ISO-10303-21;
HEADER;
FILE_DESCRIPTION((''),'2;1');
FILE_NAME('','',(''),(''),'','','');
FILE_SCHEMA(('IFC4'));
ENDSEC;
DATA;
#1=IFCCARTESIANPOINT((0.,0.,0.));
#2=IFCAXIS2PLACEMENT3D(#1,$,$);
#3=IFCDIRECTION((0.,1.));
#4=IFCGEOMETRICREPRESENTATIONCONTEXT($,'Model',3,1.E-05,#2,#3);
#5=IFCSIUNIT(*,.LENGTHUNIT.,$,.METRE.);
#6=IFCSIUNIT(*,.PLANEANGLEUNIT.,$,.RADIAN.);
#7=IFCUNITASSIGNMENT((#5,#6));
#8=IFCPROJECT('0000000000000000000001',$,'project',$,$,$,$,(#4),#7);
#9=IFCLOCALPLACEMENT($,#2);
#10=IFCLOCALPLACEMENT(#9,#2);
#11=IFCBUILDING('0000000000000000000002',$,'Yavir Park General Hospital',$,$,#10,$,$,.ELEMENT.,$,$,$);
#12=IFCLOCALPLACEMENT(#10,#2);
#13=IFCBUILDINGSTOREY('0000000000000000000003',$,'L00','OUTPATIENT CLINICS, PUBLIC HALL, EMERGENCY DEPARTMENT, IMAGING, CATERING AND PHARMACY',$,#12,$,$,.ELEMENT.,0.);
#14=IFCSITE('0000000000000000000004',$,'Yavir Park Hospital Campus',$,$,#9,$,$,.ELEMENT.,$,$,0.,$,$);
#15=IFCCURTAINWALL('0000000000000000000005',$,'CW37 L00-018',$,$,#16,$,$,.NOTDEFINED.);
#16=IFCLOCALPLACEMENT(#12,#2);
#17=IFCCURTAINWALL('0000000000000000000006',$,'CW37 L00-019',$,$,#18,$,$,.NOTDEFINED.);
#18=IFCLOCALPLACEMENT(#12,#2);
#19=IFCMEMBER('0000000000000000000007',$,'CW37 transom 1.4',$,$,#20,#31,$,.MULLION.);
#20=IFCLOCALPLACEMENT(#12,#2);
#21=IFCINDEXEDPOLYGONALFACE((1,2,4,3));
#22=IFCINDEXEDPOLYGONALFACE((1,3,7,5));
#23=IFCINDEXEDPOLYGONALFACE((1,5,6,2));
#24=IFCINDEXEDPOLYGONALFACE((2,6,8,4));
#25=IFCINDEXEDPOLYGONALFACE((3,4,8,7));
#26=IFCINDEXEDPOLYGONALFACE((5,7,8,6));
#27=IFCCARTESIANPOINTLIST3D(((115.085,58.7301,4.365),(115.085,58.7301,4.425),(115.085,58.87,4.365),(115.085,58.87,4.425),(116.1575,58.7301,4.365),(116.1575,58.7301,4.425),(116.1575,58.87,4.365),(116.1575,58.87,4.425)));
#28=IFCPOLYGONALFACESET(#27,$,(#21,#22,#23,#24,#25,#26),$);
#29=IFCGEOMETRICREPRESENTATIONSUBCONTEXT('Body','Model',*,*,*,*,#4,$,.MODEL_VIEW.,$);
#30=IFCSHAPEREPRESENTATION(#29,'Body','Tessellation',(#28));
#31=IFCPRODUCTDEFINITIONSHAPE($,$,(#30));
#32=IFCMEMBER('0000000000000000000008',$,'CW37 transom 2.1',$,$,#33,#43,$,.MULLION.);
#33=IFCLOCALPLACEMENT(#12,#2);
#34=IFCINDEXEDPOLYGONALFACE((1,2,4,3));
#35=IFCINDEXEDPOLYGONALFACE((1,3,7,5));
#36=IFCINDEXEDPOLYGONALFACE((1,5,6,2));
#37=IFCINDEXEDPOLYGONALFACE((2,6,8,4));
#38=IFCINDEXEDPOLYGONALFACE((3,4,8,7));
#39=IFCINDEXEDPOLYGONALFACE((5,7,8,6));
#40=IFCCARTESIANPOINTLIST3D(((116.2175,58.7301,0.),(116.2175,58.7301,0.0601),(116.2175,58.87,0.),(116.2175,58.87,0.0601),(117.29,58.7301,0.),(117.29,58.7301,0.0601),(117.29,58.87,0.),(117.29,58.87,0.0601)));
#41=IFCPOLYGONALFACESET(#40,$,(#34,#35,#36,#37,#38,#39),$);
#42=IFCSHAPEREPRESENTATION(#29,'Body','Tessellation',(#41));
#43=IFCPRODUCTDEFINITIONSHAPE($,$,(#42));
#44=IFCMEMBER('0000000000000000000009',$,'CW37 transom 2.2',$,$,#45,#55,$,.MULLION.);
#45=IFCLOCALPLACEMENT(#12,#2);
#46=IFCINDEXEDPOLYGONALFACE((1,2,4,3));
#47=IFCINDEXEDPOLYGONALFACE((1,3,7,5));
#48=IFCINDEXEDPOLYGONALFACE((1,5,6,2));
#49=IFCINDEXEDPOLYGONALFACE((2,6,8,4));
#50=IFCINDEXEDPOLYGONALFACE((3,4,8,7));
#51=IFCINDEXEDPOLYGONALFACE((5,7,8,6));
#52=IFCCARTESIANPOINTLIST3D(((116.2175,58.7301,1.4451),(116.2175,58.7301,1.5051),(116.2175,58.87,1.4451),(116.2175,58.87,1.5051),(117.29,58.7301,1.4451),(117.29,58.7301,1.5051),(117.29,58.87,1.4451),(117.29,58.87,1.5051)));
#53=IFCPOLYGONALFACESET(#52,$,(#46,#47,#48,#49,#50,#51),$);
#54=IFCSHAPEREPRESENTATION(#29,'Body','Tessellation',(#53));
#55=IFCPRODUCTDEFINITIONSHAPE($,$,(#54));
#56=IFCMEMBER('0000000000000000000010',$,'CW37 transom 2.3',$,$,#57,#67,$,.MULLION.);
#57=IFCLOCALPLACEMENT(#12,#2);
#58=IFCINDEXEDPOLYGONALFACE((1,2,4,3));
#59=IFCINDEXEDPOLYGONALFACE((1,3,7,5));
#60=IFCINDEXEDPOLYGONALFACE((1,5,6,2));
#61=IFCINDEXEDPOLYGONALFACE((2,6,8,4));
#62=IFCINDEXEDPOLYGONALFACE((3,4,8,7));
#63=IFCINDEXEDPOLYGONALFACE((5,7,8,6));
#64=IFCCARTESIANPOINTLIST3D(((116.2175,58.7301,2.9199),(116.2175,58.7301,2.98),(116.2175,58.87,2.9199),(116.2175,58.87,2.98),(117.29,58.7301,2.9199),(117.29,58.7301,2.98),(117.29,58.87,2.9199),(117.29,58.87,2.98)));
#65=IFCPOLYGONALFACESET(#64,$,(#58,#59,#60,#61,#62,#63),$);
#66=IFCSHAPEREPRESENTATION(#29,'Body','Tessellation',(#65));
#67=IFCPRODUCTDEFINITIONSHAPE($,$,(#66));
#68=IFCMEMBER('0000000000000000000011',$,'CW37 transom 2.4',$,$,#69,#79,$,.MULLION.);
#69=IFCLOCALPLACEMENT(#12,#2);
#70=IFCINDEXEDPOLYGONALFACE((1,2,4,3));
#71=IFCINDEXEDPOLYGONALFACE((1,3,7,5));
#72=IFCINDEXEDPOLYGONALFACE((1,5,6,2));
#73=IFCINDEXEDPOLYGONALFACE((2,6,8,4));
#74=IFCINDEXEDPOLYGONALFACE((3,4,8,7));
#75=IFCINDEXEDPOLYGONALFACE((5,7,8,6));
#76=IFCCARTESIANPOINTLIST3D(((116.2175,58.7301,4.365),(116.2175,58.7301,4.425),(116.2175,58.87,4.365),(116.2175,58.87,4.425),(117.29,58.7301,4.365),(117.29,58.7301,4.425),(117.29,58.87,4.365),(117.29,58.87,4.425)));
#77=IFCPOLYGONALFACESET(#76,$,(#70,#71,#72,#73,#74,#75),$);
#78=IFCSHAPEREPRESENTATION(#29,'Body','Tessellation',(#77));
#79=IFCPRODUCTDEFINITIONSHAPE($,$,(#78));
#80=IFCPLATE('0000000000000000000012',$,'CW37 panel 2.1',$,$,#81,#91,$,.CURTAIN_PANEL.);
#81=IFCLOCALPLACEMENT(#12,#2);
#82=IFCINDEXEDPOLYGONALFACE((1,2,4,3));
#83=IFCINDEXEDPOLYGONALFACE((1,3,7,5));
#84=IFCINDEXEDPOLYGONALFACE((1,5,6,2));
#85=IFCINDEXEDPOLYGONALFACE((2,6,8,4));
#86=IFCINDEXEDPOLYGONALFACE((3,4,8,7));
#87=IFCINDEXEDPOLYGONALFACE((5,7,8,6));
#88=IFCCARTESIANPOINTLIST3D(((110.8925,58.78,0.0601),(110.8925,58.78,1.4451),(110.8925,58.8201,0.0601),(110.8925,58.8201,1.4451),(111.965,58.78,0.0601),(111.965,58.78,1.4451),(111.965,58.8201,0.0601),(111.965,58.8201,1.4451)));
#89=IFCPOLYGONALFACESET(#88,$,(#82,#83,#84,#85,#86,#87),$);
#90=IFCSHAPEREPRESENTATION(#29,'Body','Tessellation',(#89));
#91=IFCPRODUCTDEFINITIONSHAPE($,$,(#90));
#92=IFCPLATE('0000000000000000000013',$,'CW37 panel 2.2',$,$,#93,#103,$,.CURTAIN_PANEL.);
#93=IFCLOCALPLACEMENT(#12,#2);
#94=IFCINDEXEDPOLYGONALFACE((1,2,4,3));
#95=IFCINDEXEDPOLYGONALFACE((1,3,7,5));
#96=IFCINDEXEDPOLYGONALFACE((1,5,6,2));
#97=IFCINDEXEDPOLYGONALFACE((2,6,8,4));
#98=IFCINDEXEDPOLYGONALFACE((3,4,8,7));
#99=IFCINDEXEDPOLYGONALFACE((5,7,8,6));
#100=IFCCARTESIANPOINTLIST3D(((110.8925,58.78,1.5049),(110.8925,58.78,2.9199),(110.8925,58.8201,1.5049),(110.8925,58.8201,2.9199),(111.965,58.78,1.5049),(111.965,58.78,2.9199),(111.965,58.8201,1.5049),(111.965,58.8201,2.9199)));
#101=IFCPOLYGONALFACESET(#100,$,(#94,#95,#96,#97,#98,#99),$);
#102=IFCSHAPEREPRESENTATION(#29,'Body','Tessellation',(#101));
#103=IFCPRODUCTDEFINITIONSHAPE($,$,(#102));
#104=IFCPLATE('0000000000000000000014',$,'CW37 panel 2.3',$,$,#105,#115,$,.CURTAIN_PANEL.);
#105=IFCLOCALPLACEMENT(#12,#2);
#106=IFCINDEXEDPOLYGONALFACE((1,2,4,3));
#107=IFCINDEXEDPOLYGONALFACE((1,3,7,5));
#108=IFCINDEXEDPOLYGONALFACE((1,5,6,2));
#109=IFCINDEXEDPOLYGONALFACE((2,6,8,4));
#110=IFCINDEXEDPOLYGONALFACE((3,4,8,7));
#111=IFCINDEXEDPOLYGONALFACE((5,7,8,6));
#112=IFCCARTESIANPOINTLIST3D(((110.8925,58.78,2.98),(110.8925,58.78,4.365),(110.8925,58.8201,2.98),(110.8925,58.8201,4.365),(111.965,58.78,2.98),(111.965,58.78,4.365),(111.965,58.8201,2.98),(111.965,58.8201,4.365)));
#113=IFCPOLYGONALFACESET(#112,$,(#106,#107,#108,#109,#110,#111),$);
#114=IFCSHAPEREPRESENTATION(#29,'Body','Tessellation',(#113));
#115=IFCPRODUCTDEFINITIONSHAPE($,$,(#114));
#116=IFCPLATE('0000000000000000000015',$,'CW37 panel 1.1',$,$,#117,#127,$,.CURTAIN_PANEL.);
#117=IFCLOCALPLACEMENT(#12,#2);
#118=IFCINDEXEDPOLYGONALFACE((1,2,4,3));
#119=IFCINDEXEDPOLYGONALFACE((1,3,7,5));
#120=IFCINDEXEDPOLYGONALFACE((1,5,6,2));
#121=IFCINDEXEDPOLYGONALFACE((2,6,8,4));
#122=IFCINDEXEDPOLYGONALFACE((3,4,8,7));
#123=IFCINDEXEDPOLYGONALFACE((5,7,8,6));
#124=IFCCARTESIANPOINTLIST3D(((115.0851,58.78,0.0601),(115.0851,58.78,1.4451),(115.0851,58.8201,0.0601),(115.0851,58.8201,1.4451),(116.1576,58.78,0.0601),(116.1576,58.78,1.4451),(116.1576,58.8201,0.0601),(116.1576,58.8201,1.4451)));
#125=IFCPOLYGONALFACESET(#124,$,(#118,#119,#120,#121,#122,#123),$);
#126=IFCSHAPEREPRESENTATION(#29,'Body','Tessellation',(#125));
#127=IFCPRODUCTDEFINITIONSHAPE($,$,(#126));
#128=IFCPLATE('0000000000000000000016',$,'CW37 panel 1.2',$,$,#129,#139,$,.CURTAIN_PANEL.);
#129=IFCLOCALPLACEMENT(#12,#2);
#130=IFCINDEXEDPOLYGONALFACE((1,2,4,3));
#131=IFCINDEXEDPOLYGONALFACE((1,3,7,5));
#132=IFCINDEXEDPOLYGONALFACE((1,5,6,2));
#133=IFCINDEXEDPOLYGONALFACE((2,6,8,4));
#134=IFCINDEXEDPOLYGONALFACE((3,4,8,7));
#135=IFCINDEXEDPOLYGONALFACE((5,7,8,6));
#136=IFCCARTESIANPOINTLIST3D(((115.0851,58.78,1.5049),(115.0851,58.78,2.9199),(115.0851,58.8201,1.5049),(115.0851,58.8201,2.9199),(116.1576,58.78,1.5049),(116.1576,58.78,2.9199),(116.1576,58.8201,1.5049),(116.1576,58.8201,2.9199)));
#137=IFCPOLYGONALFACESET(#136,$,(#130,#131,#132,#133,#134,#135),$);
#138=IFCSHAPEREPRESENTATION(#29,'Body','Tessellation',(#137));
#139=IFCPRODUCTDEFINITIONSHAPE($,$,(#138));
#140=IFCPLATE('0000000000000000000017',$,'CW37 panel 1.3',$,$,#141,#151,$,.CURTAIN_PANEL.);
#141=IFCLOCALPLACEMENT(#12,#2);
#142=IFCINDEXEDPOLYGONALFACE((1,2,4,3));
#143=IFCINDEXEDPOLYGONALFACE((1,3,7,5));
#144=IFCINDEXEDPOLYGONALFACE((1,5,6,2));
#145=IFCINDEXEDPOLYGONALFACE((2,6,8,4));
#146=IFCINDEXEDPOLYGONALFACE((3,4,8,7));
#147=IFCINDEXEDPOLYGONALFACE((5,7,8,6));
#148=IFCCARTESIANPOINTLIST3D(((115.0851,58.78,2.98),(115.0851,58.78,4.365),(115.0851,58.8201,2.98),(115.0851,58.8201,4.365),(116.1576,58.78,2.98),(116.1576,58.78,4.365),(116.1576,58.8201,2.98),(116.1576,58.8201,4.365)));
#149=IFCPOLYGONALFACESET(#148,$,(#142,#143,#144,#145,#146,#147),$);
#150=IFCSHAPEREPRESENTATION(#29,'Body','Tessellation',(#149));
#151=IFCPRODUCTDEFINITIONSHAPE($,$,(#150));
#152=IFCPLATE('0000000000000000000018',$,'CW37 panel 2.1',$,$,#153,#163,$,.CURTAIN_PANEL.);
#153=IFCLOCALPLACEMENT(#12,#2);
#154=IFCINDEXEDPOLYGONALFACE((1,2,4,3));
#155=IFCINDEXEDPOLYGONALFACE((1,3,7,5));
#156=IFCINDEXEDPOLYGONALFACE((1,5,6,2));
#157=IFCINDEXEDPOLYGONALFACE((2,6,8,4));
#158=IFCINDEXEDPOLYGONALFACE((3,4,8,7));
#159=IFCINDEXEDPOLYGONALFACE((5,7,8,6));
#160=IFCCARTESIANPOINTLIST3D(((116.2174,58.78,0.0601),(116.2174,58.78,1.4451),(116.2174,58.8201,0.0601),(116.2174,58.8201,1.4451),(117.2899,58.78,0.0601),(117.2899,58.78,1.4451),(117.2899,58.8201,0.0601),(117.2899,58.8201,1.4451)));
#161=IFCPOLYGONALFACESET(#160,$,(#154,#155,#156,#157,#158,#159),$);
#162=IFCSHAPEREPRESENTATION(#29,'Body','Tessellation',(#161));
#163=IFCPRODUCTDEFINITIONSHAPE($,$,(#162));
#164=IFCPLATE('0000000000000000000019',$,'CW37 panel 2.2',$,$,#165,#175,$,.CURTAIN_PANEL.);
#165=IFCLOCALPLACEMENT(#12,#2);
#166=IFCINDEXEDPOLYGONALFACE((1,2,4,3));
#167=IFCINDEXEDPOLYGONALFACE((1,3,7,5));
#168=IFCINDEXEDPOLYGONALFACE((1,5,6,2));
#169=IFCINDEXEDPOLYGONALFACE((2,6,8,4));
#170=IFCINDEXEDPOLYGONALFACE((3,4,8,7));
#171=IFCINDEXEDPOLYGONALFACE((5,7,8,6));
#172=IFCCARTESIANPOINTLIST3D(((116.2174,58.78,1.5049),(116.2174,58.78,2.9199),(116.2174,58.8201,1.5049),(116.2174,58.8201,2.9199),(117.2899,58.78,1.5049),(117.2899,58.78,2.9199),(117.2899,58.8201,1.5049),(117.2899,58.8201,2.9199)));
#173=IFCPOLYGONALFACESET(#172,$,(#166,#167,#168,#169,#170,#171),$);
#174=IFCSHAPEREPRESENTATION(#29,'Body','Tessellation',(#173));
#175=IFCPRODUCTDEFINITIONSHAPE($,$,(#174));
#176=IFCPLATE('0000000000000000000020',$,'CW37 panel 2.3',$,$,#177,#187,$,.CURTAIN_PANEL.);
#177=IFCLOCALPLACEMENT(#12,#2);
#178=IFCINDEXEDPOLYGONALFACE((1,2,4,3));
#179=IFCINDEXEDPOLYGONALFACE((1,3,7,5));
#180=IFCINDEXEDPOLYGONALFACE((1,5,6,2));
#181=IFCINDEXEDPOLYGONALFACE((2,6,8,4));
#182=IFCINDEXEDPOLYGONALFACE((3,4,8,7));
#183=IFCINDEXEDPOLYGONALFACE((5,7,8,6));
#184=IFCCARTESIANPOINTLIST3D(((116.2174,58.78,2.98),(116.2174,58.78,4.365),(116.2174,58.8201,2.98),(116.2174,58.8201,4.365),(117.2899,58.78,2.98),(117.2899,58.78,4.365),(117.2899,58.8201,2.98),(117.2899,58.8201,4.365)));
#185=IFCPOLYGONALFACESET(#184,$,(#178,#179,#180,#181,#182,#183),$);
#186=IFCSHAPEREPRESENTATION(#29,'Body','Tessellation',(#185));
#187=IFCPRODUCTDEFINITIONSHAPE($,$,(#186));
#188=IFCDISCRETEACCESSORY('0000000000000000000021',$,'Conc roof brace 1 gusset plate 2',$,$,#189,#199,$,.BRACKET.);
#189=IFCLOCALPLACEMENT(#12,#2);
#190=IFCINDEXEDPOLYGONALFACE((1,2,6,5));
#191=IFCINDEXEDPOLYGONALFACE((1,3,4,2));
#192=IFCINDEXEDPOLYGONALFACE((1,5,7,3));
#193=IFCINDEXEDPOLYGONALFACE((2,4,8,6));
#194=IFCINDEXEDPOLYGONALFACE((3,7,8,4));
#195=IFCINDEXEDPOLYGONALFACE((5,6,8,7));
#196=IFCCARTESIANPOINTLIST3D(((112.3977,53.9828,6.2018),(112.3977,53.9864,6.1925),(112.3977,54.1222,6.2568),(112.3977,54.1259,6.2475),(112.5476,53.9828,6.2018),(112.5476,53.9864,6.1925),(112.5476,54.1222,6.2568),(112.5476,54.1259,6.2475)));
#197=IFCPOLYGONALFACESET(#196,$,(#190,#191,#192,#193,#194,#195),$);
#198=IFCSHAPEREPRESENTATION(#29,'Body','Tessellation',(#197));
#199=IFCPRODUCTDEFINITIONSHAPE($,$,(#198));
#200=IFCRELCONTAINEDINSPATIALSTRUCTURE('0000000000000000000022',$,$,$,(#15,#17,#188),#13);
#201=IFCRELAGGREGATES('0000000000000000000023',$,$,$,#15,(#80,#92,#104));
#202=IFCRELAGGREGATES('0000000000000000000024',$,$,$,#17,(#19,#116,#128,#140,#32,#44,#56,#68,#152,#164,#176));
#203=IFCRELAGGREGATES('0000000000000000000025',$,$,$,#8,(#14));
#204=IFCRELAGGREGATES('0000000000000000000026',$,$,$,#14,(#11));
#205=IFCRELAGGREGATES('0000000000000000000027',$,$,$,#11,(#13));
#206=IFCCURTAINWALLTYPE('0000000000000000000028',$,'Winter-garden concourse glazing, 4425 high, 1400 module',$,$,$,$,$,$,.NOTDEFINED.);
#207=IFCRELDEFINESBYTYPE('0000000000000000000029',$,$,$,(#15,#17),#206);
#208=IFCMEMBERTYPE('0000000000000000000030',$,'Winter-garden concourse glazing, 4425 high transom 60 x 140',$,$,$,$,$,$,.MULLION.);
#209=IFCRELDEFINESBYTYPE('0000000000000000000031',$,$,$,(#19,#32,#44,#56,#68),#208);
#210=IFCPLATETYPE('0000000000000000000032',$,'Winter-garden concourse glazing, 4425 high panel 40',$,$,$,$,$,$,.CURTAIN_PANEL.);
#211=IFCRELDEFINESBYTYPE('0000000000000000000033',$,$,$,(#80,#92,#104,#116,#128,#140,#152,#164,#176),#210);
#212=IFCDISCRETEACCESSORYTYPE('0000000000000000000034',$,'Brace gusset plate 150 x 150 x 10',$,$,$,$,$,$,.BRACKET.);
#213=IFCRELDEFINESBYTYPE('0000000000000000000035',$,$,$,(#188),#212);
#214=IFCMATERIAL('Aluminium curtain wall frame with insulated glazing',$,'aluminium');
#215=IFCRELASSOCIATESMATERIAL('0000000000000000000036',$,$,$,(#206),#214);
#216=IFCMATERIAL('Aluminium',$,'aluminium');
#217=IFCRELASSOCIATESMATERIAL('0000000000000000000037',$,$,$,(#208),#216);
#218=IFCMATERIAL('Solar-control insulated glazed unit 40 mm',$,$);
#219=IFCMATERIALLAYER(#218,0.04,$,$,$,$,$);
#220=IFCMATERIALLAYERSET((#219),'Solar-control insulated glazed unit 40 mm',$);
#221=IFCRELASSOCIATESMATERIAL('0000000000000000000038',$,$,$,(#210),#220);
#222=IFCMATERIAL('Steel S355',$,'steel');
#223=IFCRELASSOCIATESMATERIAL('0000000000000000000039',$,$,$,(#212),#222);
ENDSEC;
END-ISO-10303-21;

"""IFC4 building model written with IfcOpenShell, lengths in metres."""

from ifc_helpers import new_model, si_unit, direction, frame, origin, origin_2d, place, context, subcontext, project, spatial, rectangle, extrude, material, layer, layer_set, material_profile, profile_set, type_object, element, aggregate, save


model = new_model("IFC4")

# Units and contexts
model_context = context("Model", 3, precision=1e-05, world=origin(), true_north=direction((0.0, 1.0)))
body_context = subcontext(model_context, "Body", "Model", "MODEL_VIEW")
ifc_project = project(units=[si_unit("LENGTHUNIT", "METRE"), si_unit("PLANEANGLEUNIT", "RADIAN")], contexts=[model_context])

# Site, building, storey
site_placement = place(None, origin())
site = spatial("IfcSite", under=ifc_project, at=site_placement, Name="Yavir Park Hospital Campus", CompositionType="ELEMENT", RefElevation=0.0)
building_placement = place(site_placement, origin())
building = spatial("IfcBuilding", under=site, at=building_placement, Name="Yavir Park General Hospital", CompositionType="ELEMENT")
storey_placement = place(building_placement, origin())
storey = spatial("IfcBuildingStorey", under=building, at=storey_placement, Name="L00", Description="OUTPATIENT CLINICS, PUBLIC HALL, EMERGENCY DEPARTMENT, IMAGING, CATERING AND PHARMACY", CompositionType="ELEMENT", Elevation=0.0)

# Curtain wall
ifc_material_1 = material(Name="Aluminium curtain wall frame with insulated glazing", Category="aluminium")
curtain_wall_type = type_object("IfcCurtainWallType", Name="Winter-garden concourse glazing, 4425 high, 1400 module", PredefinedType="NOTDEFINED", material=ifc_material_1)
curtain_wall_1_placement = place(storey_placement, origin())
curtain_wall_1 = element("IfcCurtainWall", 1, at=curtain_wall_1_placement, inside=storey, type_object=curtain_wall_type, Name="CW37 L00-018", PredefinedType="NOTDEFINED")

# Curtain wall
curtain_wall_2_placement = place(storey_placement, origin())
curtain_wall_2 = element("IfcCurtainWall", 2, at=curtain_wall_2_placement, inside=storey, type_object=curtain_wall_type, Name="CW37 L00-019", PredefinedType="NOTDEFINED")

# Members
ifc_material_2 = material(Name="Aluminium", Category="aluminium")
ifc_material_profile_1 = material_profile(ifc_material_2, rectangle(XDim=0.1399, YDim=0.0601, at=origin_2d()), Name="AL 140x60")
ifc_profile_set_1 = profile_set([ifc_material_profile_1], Name="Aluminium")
member_type_1 = type_object("IfcMemberType", Name="Winter-garden concourse glazing, 4425 high transom 60 x 140", PredefinedType="MULLION", material=ifc_profile_set_1)
member_1_placement = place(storey_placement, frame((115.085, 58.8, 4.395), z_axis=(1.0, 0.0, 0.0), x_axis=(0.0, 1.0, 0.0)))
member_1 = element("IfcMember", 3, at=member_1_placement, type_object=member_type_1, Name="CW37 transom 1.4", PredefinedType="MULLION", context=body_context, shape_type="SweptSolid", body=[
    extrude(rectangle(XDim=0.1399, YDim=0.0601, at=origin_2d()), origin(), (0.0, 0.0, 1.0), 1.0725),
])
member_2_placement = place(storey_placement, frame((116.2175, 58.8, 0.03), z_axis=(1.0, 0.0, 0.0), x_axis=(0.0, 1.0, 0.0)))
member_2 = element("IfcMember", 4, at=member_2_placement, type_object=member_type_1, Name="CW37 transom 2.1", PredefinedType="MULLION", context=body_context, shape_type="SweptSolid", body=[
    extrude(rectangle(XDim=0.1399, YDim=0.0601, at=origin_2d()), origin(), (0.0, 0.0, 1.0), 1.0725),
])
member_3_placement = place(storey_placement, frame((116.2175, 58.8, 1.4751), z_axis=(1.0, 0.0, 0.0), x_axis=(0.0, 1.0, 0.0)))
member_3 = element("IfcMember", 5, at=member_3_placement, type_object=member_type_1, Name="CW37 transom 2.2", PredefinedType="MULLION", context=body_context, shape_type="SweptSolid", body=[
    extrude(rectangle(XDim=0.1399, YDim=0.0601, at=origin_2d()), origin(), (0.0, 0.0, 1.0), 1.0725),
])
member_4_placement = place(storey_placement, frame((116.2175, 58.8, 2.95), z_axis=(1.0, 0.0, 0.0), x_axis=(0.0, 1.0, 0.0)))
member_4 = element("IfcMember", 6, at=member_4_placement, type_object=member_type_1, Name="CW37 transom 2.3", PredefinedType="MULLION", context=body_context, shape_type="SweptSolid", body=[
    extrude(rectangle(XDim=0.1399, YDim=0.0601, at=origin_2d()), origin(), (0.0, 0.0, 1.0), 1.0725),
])
member_5_placement = place(storey_placement, frame((116.2175, 58.8, 4.395), z_axis=(1.0, 0.0, 0.0), x_axis=(0.0, 1.0, 0.0)))
member_5 = element("IfcMember", 7, at=member_5_placement, type_object=member_type_1, Name="CW37 transom 2.4", PredefinedType="MULLION", context=body_context, shape_type="SweptSolid", body=[
    extrude(rectangle(XDim=0.1399, YDim=0.0601, at=origin_2d()), origin(), (0.0, 0.0, 1.0), 1.0725),
])

# Plates
ifc_material_3 = material(Name="Solar-control insulated glazed unit 40 mm")
ifc_layer_1 = layer(ifc_material_3, 0.04)
ifc_layer_set_1 = layer_set([ifc_layer_1], Name="Solar-control insulated glazed unit 40 mm")
plate_type = type_object("IfcPlateType", Name="Winter-garden concourse glazing, 4425 high panel 40", PredefinedType="CURTAIN_PANEL", material=ifc_layer_set_1)
plate_1_placement = place(storey_placement, frame((111.4287, 58.8, 0.0601), z_axis=(0.0, 0.0, 1.0), x_axis=(1.0, 0.0, 0.0)))
plate_1 = element("IfcPlate", 8, at=plate_1_placement, type_object=plate_type, Name="CW37 panel 2.1", PredefinedType="CURTAIN_PANEL", context=body_context, shape_type="SweptSolid", body=[
    extrude(rectangle(XDim=1.0725, YDim=0.04, at=origin_2d()), origin(), (0.0, 0.0, 1.0), 1.385),
])
plate_2_placement = place(storey_placement, frame((111.4287, 58.8, 1.5049), z_axis=(0.0, 0.0, 1.0), x_axis=(1.0, 0.0, 0.0)))
plate_2 = element("IfcPlate", 9, at=plate_2_placement, type_object=plate_type, Name="CW37 panel 2.2", PredefinedType="CURTAIN_PANEL", context=body_context, shape_type="SweptSolid", body=[
    extrude(rectangle(XDim=1.0725, YDim=0.04, at=origin_2d()), origin(), (0.0, 0.0, 1.0), 1.415),
])
plate_3_placement = place(storey_placement, frame((111.4287, 58.8, 2.98), z_axis=(0.0, 0.0, 1.0), x_axis=(1.0, 0.0, 0.0)))
plate_3 = element("IfcPlate", 10, at=plate_3_placement, type_object=plate_type, Name="CW37 panel 2.3", PredefinedType="CURTAIN_PANEL", context=body_context, shape_type="SweptSolid", body=[
    extrude(rectangle(XDim=1.0725, YDim=0.04, at=origin_2d()), origin(), (0.0, 0.0, 1.0), 1.385),
])
aggregate(curtain_wall_1, [plate_1, plate_2, plate_3])
plate_4_placement = place(storey_placement, frame((115.6213, 58.8, 0.0601), z_axis=(0.0, 0.0, 1.0), x_axis=(1.0, 0.0, 0.0)))
plate_4 = element("IfcPlate", 11, at=plate_4_placement, type_object=plate_type, Name="CW37 panel 1.1", PredefinedType="CURTAIN_PANEL", context=body_context, shape_type="SweptSolid", body=[
    extrude(rectangle(XDim=1.0725, YDim=0.04, at=origin_2d()), origin(), (0.0, 0.0, 1.0), 1.385),
])
plate_5_placement = place(storey_placement, frame((115.6213, 58.8, 1.5049), z_axis=(0.0, 0.0, 1.0), x_axis=(1.0, 0.0, 0.0)))
plate_5 = element("IfcPlate", 12, at=plate_5_placement, type_object=plate_type, Name="CW37 panel 1.2", PredefinedType="CURTAIN_PANEL", context=body_context, shape_type="SweptSolid", body=[
    extrude(rectangle(XDim=1.0725, YDim=0.04, at=origin_2d()), origin(), (0.0, 0.0, 1.0), 1.415),
])
plate_6_placement = place(storey_placement, frame((115.6213, 58.8, 2.98), z_axis=(0.0, 0.0, 1.0), x_axis=(1.0, 0.0, 0.0)))
plate_6 = element("IfcPlate", 13, at=plate_6_placement, type_object=plate_type, Name="CW37 panel 1.3", PredefinedType="CURTAIN_PANEL", context=body_context, shape_type="SweptSolid", body=[
    extrude(rectangle(XDim=1.0725, YDim=0.04, at=origin_2d()), origin(), (0.0, 0.0, 1.0), 1.385),
])
plate_7_placement = place(storey_placement, frame((116.7537, 58.8, 0.0601), z_axis=(0.0, 0.0, 1.0), x_axis=(1.0, 0.0, 0.0)))
plate_7 = element("IfcPlate", 14, at=plate_7_placement, type_object=plate_type, Name="CW37 panel 2.1", PredefinedType="CURTAIN_PANEL", context=body_context, shape_type="SweptSolid", body=[
    extrude(rectangle(XDim=1.0725, YDim=0.04, at=origin_2d()), origin(), (0.0, 0.0, 1.0), 1.385),
])
plate_8_placement = place(storey_placement, frame((116.7537, 58.8, 1.5049), z_axis=(0.0, 0.0, 1.0), x_axis=(1.0, 0.0, 0.0)))
plate_8 = element("IfcPlate", 15, at=plate_8_placement, type_object=plate_type, Name="CW37 panel 2.2", PredefinedType="CURTAIN_PANEL", context=body_context, shape_type="SweptSolid", body=[
    extrude(rectangle(XDim=1.0725, YDim=0.04, at=origin_2d()), origin(), (0.0, 0.0, 1.0), 1.415),
])
plate_9_placement = place(storey_placement, frame((116.7537, 58.8, 2.98), z_axis=(0.0, 0.0, 1.0), x_axis=(1.0, 0.0, 0.0)))
plate_9 = element("IfcPlate", 16, at=plate_9_placement, type_object=plate_type, Name="CW37 panel 2.3", PredefinedType="CURTAIN_PANEL", context=body_context, shape_type="SweptSolid", body=[
    extrude(rectangle(XDim=1.0725, YDim=0.04, at=origin_2d()), origin(), (0.0, 0.0, 1.0), 1.385),
])
aggregate(curtain_wall_2, [member_1, plate_4, plate_5, plate_6, member_2, member_3, member_4, member_5, plate_7, plate_8, plate_9])

# Discrete accessory
ifc_material_4 = material(Name="Steel S355", Category="steel")
ifc_material_profile_2 = material_profile(ifc_material_4, rectangle(XDim=0.1499, YDim=0.1499, at=origin_2d()), Name="PL150x150")
ifc_profile_set_2 = profile_set([ifc_material_profile_2], Name="Steel S355")
discrete_accessory_type = type_object("IfcDiscreteAccessoryType", Name="Brace gusset plate 150 x 150 x 10", PredefinedType="BRACKET", material=ifc_profile_set_2)
for number, where, z_axis, x_axis, name in (
    (17, (112.4727, 54.0562, 6.22), (0.0, -0.367167, 0.930155), (1.0, 0.0, 0.0), "Conc roof brace 1 gusset plate 2"),
):
    element("IfcDiscreteAccessory", number, at=place(storey_placement, frame(where, z_axis=z_axis, x_axis=x_axis)), inside=storey, type_object=discrete_accessory_type, Name=name, PredefinedType="BRACKET", context=body_context, shape_type="SweptSolid", body=[
        extrude(rectangle(XDim=0.1499, YDim=0.1499, at=origin_2d()), origin(), (0.0, 0.0, 1.0), 0.01),
    ])

save(model, "model.ifc")
